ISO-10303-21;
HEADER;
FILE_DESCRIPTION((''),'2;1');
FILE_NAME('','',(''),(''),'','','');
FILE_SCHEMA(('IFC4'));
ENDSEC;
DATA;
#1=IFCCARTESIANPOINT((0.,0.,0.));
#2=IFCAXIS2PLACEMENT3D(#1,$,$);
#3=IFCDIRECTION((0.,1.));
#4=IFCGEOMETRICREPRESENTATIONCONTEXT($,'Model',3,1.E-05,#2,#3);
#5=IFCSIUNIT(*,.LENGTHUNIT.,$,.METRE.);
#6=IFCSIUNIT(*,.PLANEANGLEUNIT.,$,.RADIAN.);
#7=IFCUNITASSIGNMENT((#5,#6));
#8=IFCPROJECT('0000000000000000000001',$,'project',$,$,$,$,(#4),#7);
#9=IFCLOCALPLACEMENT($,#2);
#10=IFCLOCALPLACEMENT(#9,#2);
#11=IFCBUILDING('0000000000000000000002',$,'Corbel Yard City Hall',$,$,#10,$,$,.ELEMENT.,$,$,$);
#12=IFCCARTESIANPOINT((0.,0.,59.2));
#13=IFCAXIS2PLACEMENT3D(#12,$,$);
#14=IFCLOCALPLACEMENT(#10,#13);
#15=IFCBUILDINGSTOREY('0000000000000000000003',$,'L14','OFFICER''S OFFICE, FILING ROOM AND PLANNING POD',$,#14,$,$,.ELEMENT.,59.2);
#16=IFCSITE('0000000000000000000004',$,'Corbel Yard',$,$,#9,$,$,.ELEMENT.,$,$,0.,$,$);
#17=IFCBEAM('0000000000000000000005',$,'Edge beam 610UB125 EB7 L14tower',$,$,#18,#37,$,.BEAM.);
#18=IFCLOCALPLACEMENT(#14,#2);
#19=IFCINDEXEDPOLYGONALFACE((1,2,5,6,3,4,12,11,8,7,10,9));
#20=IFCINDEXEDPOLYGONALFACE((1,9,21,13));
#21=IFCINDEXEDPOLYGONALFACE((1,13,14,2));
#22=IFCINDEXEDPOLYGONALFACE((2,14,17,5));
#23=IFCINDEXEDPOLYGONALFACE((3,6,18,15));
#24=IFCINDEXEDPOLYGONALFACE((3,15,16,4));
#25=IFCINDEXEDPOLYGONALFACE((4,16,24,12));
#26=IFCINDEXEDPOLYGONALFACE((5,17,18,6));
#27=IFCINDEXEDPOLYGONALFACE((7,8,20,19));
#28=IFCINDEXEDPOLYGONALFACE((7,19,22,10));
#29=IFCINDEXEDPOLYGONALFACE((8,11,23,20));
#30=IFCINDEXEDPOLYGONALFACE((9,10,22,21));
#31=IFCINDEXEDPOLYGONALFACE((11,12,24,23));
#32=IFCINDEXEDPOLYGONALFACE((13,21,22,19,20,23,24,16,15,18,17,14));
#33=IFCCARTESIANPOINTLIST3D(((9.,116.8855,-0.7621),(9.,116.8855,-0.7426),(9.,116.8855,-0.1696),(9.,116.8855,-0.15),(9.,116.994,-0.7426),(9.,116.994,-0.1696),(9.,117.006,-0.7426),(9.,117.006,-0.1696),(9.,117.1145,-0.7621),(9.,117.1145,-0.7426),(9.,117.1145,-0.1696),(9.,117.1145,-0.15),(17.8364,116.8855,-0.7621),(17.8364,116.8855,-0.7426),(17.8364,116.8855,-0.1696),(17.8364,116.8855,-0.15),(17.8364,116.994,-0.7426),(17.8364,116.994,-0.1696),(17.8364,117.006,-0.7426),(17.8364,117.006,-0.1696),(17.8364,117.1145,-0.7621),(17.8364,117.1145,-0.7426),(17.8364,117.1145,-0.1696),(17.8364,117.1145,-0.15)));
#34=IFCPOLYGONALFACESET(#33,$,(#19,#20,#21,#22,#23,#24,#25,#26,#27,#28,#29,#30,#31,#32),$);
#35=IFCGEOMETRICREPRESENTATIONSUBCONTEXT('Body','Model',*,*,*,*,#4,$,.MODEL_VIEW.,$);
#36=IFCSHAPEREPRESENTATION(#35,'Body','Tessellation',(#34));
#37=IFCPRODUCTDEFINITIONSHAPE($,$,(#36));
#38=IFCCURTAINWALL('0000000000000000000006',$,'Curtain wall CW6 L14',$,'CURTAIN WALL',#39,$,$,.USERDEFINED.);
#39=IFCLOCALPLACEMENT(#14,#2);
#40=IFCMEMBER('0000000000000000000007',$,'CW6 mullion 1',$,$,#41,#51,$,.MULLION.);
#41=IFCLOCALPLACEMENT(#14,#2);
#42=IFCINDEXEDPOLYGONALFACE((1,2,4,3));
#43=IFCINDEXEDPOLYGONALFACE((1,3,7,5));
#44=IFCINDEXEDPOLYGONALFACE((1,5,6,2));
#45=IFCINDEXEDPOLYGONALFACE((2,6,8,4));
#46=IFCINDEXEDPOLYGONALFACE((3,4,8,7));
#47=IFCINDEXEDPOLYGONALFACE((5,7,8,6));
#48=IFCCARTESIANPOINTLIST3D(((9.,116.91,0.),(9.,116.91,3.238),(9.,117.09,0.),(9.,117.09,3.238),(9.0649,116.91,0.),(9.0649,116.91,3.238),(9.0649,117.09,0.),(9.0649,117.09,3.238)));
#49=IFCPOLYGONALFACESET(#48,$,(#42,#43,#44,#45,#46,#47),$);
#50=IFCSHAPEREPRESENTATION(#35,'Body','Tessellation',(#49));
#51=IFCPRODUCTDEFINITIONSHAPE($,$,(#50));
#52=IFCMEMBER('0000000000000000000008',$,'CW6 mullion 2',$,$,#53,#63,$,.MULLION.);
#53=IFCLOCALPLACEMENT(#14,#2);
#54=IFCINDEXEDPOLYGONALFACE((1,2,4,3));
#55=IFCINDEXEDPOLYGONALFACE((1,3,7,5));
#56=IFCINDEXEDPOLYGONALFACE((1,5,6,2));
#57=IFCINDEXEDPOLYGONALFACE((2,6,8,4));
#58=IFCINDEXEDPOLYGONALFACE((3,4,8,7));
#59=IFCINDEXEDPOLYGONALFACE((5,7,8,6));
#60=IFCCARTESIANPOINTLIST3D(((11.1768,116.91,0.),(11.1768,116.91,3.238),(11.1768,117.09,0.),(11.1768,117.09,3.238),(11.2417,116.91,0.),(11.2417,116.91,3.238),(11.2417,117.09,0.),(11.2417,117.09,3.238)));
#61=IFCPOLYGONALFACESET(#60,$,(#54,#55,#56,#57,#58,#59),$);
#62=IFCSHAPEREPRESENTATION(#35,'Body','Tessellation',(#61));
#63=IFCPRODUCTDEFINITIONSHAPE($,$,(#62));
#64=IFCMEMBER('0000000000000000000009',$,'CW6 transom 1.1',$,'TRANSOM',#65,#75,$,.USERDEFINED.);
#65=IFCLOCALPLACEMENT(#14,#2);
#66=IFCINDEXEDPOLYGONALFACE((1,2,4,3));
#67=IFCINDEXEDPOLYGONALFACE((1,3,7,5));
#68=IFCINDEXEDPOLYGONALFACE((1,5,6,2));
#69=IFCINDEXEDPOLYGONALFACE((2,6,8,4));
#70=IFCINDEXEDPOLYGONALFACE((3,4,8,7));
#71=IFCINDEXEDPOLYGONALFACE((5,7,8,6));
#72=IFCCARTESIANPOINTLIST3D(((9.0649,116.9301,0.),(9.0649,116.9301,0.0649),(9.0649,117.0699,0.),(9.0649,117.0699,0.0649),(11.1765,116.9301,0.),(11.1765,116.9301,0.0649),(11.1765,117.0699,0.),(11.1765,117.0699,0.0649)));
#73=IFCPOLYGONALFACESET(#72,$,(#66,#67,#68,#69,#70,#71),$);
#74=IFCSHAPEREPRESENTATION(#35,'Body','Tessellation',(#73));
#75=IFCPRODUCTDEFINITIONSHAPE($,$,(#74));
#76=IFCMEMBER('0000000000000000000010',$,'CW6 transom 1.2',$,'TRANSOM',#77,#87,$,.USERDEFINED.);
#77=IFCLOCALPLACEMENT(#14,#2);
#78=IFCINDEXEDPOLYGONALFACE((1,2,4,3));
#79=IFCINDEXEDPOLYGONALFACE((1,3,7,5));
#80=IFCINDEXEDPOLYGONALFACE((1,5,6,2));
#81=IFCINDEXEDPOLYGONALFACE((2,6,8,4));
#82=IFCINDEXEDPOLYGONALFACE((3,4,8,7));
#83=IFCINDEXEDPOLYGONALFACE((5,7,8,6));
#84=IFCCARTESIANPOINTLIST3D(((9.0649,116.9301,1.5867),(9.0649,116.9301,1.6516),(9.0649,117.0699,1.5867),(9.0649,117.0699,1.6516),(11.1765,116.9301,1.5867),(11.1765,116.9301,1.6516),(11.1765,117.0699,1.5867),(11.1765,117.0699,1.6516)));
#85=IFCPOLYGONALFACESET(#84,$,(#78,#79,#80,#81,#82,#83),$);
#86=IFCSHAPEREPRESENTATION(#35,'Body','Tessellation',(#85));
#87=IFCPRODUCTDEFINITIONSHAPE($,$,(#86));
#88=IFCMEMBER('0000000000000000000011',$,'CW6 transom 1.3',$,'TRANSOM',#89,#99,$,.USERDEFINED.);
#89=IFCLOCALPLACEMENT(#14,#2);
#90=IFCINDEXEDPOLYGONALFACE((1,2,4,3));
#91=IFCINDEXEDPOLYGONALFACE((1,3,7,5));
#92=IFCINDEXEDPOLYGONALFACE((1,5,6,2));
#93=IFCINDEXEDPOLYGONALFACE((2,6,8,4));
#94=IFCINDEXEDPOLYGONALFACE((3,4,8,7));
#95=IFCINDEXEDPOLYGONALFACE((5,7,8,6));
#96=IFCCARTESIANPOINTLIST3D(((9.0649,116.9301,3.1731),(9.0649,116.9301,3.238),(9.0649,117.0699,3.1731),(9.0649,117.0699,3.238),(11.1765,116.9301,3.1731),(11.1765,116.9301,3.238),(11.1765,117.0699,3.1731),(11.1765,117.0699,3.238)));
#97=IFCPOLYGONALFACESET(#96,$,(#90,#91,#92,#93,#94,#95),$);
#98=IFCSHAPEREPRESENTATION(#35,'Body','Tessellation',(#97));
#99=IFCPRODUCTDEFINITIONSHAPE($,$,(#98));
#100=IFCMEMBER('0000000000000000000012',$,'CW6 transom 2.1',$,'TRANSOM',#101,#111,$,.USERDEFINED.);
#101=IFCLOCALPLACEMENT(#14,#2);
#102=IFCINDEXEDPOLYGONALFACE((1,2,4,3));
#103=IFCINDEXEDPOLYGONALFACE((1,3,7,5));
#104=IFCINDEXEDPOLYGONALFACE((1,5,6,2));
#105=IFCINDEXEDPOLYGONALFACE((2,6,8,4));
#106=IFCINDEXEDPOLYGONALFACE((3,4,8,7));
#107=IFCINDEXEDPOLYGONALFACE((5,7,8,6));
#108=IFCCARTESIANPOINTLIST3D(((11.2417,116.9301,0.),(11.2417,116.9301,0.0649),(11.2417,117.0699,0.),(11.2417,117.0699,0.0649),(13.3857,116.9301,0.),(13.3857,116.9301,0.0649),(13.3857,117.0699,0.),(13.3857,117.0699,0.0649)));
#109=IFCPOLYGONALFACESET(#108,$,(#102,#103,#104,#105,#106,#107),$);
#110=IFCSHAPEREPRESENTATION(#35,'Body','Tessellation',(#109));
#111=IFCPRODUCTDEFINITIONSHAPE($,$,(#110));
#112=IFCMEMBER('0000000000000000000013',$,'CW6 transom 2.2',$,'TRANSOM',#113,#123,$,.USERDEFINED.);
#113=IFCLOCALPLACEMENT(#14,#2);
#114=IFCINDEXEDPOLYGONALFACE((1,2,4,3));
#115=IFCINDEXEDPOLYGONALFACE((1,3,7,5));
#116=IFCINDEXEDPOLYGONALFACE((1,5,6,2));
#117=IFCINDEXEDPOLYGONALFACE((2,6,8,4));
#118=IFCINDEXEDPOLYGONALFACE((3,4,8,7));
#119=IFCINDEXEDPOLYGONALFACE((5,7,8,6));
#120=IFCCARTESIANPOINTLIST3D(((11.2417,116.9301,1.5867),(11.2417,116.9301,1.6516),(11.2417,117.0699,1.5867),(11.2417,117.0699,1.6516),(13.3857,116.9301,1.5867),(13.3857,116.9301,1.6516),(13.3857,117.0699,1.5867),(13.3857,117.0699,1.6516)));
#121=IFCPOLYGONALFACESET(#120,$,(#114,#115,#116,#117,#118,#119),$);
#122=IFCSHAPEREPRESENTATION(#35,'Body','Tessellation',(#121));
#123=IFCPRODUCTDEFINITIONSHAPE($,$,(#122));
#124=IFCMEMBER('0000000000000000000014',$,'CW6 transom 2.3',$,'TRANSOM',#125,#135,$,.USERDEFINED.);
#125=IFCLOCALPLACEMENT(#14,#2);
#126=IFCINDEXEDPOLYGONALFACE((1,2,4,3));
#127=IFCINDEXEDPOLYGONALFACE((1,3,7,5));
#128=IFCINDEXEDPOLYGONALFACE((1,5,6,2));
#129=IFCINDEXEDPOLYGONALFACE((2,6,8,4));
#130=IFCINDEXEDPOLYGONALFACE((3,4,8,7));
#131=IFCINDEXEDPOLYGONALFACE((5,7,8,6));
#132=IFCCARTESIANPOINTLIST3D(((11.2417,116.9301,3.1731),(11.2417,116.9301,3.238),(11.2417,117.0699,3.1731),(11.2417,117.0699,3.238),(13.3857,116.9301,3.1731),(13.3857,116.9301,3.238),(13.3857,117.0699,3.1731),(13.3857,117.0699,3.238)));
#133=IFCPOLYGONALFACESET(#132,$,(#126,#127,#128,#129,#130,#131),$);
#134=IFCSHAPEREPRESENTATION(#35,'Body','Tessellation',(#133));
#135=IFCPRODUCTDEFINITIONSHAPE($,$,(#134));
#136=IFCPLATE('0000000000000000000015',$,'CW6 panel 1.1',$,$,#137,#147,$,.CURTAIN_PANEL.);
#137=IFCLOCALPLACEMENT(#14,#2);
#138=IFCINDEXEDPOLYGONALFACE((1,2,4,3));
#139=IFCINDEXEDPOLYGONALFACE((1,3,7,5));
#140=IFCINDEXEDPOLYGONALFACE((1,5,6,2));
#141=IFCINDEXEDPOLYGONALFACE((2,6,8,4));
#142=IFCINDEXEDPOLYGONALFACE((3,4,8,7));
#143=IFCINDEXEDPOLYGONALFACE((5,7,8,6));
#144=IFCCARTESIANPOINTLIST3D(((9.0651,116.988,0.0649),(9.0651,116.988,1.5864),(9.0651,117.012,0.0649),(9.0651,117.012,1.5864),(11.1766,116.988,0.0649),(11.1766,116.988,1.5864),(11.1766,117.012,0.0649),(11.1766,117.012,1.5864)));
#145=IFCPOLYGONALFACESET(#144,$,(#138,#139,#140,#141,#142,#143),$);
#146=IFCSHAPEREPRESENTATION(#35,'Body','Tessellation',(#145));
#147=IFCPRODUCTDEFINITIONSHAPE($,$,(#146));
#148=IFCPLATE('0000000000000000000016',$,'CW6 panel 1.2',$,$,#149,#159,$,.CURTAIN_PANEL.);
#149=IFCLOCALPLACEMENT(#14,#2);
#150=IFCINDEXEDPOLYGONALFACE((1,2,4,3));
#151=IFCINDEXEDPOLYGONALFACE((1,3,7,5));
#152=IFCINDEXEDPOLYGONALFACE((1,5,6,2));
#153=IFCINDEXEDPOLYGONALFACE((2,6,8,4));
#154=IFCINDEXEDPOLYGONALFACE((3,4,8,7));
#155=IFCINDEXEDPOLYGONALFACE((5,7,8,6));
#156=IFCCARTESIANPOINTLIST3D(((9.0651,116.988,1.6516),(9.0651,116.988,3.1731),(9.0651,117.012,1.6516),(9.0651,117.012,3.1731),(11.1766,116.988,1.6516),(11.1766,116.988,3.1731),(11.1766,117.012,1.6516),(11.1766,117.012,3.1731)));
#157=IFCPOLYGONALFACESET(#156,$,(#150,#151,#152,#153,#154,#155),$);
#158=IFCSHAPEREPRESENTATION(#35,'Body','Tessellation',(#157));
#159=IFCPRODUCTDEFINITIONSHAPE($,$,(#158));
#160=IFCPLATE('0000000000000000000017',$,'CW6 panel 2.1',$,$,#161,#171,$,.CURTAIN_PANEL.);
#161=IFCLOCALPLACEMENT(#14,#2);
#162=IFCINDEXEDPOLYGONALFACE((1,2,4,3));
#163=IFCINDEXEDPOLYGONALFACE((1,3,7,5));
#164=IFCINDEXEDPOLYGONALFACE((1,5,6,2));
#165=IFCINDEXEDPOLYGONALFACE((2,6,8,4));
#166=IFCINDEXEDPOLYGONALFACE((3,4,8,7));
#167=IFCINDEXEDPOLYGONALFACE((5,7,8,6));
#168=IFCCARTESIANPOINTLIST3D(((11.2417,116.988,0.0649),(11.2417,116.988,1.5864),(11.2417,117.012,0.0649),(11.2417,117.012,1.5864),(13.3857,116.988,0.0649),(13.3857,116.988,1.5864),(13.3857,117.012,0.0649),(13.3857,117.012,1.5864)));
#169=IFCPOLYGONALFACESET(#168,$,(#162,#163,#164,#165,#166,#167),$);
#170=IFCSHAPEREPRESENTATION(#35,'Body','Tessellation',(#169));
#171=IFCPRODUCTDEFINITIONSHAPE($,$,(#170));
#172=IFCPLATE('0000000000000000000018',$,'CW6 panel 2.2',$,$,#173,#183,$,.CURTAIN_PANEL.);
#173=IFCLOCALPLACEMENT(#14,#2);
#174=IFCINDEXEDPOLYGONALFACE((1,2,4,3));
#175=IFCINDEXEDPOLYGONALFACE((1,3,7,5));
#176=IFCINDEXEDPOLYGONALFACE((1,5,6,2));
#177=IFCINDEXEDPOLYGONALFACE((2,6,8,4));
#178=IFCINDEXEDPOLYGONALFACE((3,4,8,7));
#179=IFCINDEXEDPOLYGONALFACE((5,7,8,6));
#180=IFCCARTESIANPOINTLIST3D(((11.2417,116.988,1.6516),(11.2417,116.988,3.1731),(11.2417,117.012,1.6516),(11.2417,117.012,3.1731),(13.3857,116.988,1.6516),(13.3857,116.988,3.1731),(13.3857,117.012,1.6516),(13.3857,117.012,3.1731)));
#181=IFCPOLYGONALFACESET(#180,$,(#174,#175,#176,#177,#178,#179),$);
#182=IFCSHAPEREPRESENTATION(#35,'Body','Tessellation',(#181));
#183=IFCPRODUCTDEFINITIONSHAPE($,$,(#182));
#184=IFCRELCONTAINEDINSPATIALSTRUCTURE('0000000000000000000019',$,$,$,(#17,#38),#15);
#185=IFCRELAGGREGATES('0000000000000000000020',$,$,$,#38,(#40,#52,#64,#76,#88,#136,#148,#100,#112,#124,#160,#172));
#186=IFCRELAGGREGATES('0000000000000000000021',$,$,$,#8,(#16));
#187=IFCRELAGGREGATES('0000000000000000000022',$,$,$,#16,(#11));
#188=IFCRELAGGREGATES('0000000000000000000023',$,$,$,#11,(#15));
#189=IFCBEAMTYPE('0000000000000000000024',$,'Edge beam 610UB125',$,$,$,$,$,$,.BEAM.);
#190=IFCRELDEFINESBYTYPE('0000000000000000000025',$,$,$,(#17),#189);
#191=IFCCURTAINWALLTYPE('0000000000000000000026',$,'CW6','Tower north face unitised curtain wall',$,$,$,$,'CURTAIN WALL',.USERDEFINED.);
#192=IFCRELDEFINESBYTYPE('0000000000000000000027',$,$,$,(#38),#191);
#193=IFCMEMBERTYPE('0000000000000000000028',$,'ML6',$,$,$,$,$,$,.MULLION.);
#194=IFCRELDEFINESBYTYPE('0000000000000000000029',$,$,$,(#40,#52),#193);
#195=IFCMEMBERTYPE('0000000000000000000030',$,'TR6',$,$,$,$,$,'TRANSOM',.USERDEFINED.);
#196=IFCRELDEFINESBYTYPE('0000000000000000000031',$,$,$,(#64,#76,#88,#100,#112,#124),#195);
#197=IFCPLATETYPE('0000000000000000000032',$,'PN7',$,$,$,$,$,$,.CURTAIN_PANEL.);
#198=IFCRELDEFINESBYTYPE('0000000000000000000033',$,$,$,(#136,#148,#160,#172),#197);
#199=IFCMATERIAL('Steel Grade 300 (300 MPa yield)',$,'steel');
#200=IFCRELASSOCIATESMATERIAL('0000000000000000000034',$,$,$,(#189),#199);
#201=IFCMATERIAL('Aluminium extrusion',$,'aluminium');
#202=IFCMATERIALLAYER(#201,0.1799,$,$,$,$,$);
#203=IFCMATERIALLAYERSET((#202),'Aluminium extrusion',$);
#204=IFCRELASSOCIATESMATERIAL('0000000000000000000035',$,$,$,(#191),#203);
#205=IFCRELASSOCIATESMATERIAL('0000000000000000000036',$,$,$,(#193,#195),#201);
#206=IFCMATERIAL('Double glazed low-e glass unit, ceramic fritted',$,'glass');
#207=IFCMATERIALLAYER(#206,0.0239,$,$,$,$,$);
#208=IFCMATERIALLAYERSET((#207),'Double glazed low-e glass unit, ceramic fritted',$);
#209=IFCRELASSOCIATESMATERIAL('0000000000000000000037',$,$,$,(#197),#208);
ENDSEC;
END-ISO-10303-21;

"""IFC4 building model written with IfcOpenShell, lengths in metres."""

from ifc_helpers import new_model, si_unit, direction, frame, origin, origin_2d, place, context, subcontext, project, spatial, rectangle, i_section, extrude, material, layer, layer_set, material_profile, profile_set, type_object, element, aggregate, save


model = new_model("IFC4")

# Units and contexts
model_context = context("Model", 3, precision=1e-05, world=origin(), true_north=direction((0.0, 1.0)))
body_context = subcontext(model_context, "Body", "Model", "MODEL_VIEW")
ifc_project = project(units=[si_unit("LENGTHUNIT", "METRE"), si_unit("PLANEANGLEUNIT", "RADIAN")], contexts=[model_context])

# Site, building, storey
site_placement = place(None, origin())
site = spatial("IfcSite", under=ifc_project, at=site_placement, Name="Corbel Yard", CompositionType="ELEMENT", RefElevation=0.0)
building_placement = place(site_placement, origin())
building = spatial("IfcBuilding", under=site, at=building_placement, Name="Corbel Yard City Hall", CompositionType="ELEMENT")
storey_placement = place(building_placement, frame((0.0, 0.0, 59.2)))
storey = spatial("IfcBuildingStorey", under=building, at=storey_placement, Name="L14", Description="OFFICER'S OFFICE, FILING ROOM AND PLANNING POD", CompositionType="ELEMENT", Elevation=59.2)

# Beam
ifc_material_1 = material(Name="Steel Grade 300 (300 MPa yield)", Category="steel")
ifc_material_profile_1 = material_profile(ifc_material_1, i_section(OverallWidth=0.229, OverallDepth=0.6121, WebThickness=0.012, FlangeThickness=0.0195, at=origin_2d()), Name="610UB125")
ifc_profile_set_1 = profile_set([ifc_material_profile_1], Name="Steel Grade 300 (300 MPa yield)")
beam_type = type_object("IfcBeamType", Name="Edge beam 610UB125", PredefinedType="BEAM", material=ifc_profile_set_1)
beam_placement = place(storey_placement, frame((9.0, 117.0, -0.4561), z_axis=(1.0, 0.0, 0.0), x_axis=(0.0, 1.0, 0.0)))
element("IfcBeam", 1, at=beam_placement, inside=storey, type_object=beam_type, Name="Edge beam 610UB125 EB7 L14tower", PredefinedType="BEAM", context=body_context, shape_type="SweptSolid", body=[
    extrude(i_section(OverallWidth=0.229, OverallDepth=0.6121, WebThickness=0.012, FlangeThickness=0.0195, at=origin_2d()), origin(), (0.0, 0.0, 1.0), 8.8364),
])

# Curtain wall, members, plates
ifc_material_2 = material(Name="Aluminium extrusion", Category="aluminium")
ifc_layer_1 = layer(ifc_material_2, 0.1799)
ifc_layer_set_1 = layer_set([ifc_layer_1], Name="Aluminium extrusion")
curtain_wall_type = type_object("IfcCurtainWallType", Name="CW6", Description="Tower north face unitised curtain wall", ElementType="CURTAIN WALL", PredefinedType="USERDEFINED", material=ifc_layer_set_1)
curtain_wall_placement = place(storey_placement, origin())
curtain_wall = element("IfcCurtainWall", 2, at=curtain_wall_placement, inside=storey, type_object=curtain_wall_type, Name="Curtain wall CW6 L14", ObjectType="CURTAIN WALL", PredefinedType="USERDEFINED")
ifc_material_profile_2 = material_profile(ifc_material_2, rectangle(XDim=0.1799, YDim=0.0649, at=origin_2d()), Name="180x65")
ifc_profile_set_2 = profile_set([ifc_material_profile_2], Name="Aluminium extrusion")
member_type_1 = type_object("IfcMemberType", Name="ML6", PredefinedType="MULLION", material=ifc_profile_set_2)
member_1_placement = place(storey_placement, frame((9.0325, 117.0, 0.0), z_axis=(0.0, 0.0, 1.0), x_axis=(0.0, 1.0, 0.0)))
member_1 = element("IfcMember", 3, at=member_1_placement, type_object=member_type_1, Name="CW6 mullion 1", PredefinedType="MULLION", context=body_context, shape_type="SweptSolid", body=[
    extrude(rectangle(XDim=0.1799, YDim=0.0649, at=origin_2d()), origin(), (0.0, 0.0, 1.0), 3.238),
])
member_2_placement = place(storey_placement, frame((11.2092, 117.0, 0.0), z_axis=(0.0, 0.0, 1.0), x_axis=(0.0, 1.0, 0.0)))
member_2 = element("IfcMember", 4, at=member_2_placement, type_object=member_type_1, Name="CW6 mullion 2", PredefinedType="MULLION", context=body_context, shape_type="SweptSolid", body=[
    extrude(rectangle(XDim=0.1799, YDim=0.0649, at=origin_2d()), origin(), (0.0, 0.0, 1.0), 3.238),
])
ifc_material_profile_3 = material_profile(ifc_material_2, rectangle(XDim=0.1399, YDim=0.0649, at=origin_2d()), Name="140x65")
ifc_profile_set_3 = profile_set([ifc_material_profile_3], Name="Aluminium extrusion")
member_type_2 = type_object("IfcMemberType", Name="TR6", ElementType="TRANSOM", PredefinedType="USERDEFINED", material=ifc_profile_set_3)
member_3_placement = place(storey_placement, frame((9.0649, 117.0, 0.0325), z_axis=(1.0, 0.0, 0.0), x_axis=(0.0, 1.0, 0.0)))
member_3 = element("IfcMember", 5, at=member_3_placement, type_object=member_type_2, Name="CW6 transom 1.1", ObjectType="TRANSOM", PredefinedType="USERDEFINED", context=body_context, shape_type="SweptSolid", body=[
    extrude(rectangle(XDim=0.1399, YDim=0.0649, at=origin_2d()), origin(), (0.0, 0.0, 1.0), 2.1116),
])
member_4_placement = place(storey_placement, frame((9.0649, 117.0, 1.6191), z_axis=(1.0, 0.0, 0.0), x_axis=(0.0, 1.0, 0.0)))
member_4 = element("IfcMember", 6, at=member_4_placement, type_object=member_type_2, Name="CW6 transom 1.2", ObjectType="TRANSOM", PredefinedType="USERDEFINED", context=body_context, shape_type="SweptSolid", body=[
    extrude(rectangle(XDim=0.1399, YDim=0.0649, at=origin_2d()), origin(), (0.0, 0.0, 1.0), 2.1116),
])
member_5_placement = place(storey_placement, frame((9.0649, 117.0, 3.2056), z_axis=(1.0, 0.0, 0.0), x_axis=(0.0, 1.0, 0.0)))
member_5 = element("IfcMember", 7, at=member_5_placement, type_object=member_type_2, Name="CW6 transom 1.3", ObjectType="TRANSOM", PredefinedType="USERDEFINED", context=body_context, shape_type="SweptSolid", body=[
    extrude(rectangle(XDim=0.1399, YDim=0.0649, at=origin_2d()), origin(), (0.0, 0.0, 1.0), 2.1116),
])
member_6_placement = place(storey_placement, frame((11.2417, 117.0, 0.0325), z_axis=(1.0, 0.0, 0.0), x_axis=(0.0, 1.0, 0.0)))
member_6 = element("IfcMember", 8, at=member_6_placement, type_object=member_type_2, Name="CW6 transom 2.1", ObjectType="TRANSOM", PredefinedType="USERDEFINED", context=body_context, shape_type="SweptSolid", body=[
    extrude(rectangle(XDim=0.1399, YDim=0.0649, at=origin_2d()), origin(), (0.0, 0.0, 1.0), 2.144),
])
member_7_placement = place(storey_placement, frame((11.2417, 117.0, 1.6191), z_axis=(1.0, 0.0, 0.0), x_axis=(0.0, 1.0, 0.0)))
member_7 = element("IfcMember", 9, at=member_7_placement, type_object=member_type_2, Name="CW6 transom 2.2", ObjectType="TRANSOM", PredefinedType="USERDEFINED", context=body_context, shape_type="SweptSolid", body=[
    extrude(rectangle(XDim=0.1399, YDim=0.0649, at=origin_2d()), origin(), (0.0, 0.0, 1.0), 2.144),
])
member_8_placement = place(storey_placement, frame((11.2417, 117.0, 3.2056), z_axis=(1.0, 0.0, 0.0), x_axis=(0.0, 1.0, 0.0)))
member_8 = element("IfcMember", 10, at=member_8_placement, type_object=member_type_2, Name="CW6 transom 2.3", ObjectType="TRANSOM", PredefinedType="USERDEFINED", context=body_context, shape_type="SweptSolid", body=[
    extrude(rectangle(XDim=0.1399, YDim=0.0649, at=origin_2d()), origin(), (0.0, 0.0, 1.0), 2.144),
])
ifc_material_3 = material(Name="Double glazed low-e glass unit, ceramic fritted", Category="glass")
ifc_layer_2 = layer(ifc_material_3, 0.0239)
ifc_layer_set_2 = layer_set([ifc_layer_2], Name="Double glazed low-e glass unit, ceramic fritted")
plate_type = type_object("IfcPlateType", Name="PN7", PredefinedType="CURTAIN_PANEL", material=ifc_layer_set_2)
plate_1_placement = place(storey_placement, frame((10.1208, 117.0, 0.0649), z_axis=(0.0, 0.0, 1.0), x_axis=(1.0, 0.0, 0.0)))
plate_1 = element("IfcPlate", 11, at=plate_1_placement, type_object=plate_type, Name="CW6 panel 1.1", PredefinedType="CURTAIN_PANEL", context=body_context, shape_type="SweptSolid", body=[
    extrude(rectangle(XDim=2.1116, YDim=0.0239, at=origin_2d()), origin(), (0.0, 0.0, 1.0), 1.5215),
])
plate_2_placement = place(storey_placement, frame((10.1208, 117.0, 1.6516), z_axis=(0.0, 0.0, 1.0), x_axis=(1.0, 0.0, 0.0)))
plate_2 = element("IfcPlate", 12, at=plate_2_placement, type_object=plate_type, Name="CW6 panel 1.2", PredefinedType="CURTAIN_PANEL", context=body_context, shape_type="SweptSolid", body=[
    extrude(rectangle(XDim=2.1116, YDim=0.0239, at=origin_2d()), origin(), (0.0, 0.0, 1.0), 1.5215),
])
plate_3_placement = place(storey_placement, frame((12.3137, 117.0, 0.0649), z_axis=(0.0, 0.0, 1.0), x_axis=(1.0, 0.0, 0.0)))
plate_3 = element("IfcPlate", 13, at=plate_3_placement, type_object=plate_type, Name="CW6 panel 2.1", PredefinedType="CURTAIN_PANEL", context=body_context, shape_type="SweptSolid", body=[
    extrude(rectangle(XDim=2.144, YDim=0.0239, at=origin_2d()), origin(), (0.0, 0.0, 1.0), 1.5215),
])
plate_4_placement = place(storey_placement, frame((12.3137, 117.0, 1.6516), z_axis=(0.0, 0.0, 1.0), x_axis=(1.0, 0.0, 0.0)))
plate_4 = element("IfcPlate", 14, at=plate_4_placement, type_object=plate_type, Name="CW6 panel 2.2", PredefinedType="CURTAIN_PANEL", context=body_context, shape_type="SweptSolid", body=[
    extrude(rectangle(XDim=2.144, YDim=0.0239, at=origin_2d()), origin(), (0.0, 0.0, 1.0), 1.5215),
])
aggregate(curtain_wall, [member_1, member_2, member_3, member_4, member_5, plate_1, plate_2, member_6, member_7, member_8, plate_3, plate_4])

save(model, "model.ifc")
